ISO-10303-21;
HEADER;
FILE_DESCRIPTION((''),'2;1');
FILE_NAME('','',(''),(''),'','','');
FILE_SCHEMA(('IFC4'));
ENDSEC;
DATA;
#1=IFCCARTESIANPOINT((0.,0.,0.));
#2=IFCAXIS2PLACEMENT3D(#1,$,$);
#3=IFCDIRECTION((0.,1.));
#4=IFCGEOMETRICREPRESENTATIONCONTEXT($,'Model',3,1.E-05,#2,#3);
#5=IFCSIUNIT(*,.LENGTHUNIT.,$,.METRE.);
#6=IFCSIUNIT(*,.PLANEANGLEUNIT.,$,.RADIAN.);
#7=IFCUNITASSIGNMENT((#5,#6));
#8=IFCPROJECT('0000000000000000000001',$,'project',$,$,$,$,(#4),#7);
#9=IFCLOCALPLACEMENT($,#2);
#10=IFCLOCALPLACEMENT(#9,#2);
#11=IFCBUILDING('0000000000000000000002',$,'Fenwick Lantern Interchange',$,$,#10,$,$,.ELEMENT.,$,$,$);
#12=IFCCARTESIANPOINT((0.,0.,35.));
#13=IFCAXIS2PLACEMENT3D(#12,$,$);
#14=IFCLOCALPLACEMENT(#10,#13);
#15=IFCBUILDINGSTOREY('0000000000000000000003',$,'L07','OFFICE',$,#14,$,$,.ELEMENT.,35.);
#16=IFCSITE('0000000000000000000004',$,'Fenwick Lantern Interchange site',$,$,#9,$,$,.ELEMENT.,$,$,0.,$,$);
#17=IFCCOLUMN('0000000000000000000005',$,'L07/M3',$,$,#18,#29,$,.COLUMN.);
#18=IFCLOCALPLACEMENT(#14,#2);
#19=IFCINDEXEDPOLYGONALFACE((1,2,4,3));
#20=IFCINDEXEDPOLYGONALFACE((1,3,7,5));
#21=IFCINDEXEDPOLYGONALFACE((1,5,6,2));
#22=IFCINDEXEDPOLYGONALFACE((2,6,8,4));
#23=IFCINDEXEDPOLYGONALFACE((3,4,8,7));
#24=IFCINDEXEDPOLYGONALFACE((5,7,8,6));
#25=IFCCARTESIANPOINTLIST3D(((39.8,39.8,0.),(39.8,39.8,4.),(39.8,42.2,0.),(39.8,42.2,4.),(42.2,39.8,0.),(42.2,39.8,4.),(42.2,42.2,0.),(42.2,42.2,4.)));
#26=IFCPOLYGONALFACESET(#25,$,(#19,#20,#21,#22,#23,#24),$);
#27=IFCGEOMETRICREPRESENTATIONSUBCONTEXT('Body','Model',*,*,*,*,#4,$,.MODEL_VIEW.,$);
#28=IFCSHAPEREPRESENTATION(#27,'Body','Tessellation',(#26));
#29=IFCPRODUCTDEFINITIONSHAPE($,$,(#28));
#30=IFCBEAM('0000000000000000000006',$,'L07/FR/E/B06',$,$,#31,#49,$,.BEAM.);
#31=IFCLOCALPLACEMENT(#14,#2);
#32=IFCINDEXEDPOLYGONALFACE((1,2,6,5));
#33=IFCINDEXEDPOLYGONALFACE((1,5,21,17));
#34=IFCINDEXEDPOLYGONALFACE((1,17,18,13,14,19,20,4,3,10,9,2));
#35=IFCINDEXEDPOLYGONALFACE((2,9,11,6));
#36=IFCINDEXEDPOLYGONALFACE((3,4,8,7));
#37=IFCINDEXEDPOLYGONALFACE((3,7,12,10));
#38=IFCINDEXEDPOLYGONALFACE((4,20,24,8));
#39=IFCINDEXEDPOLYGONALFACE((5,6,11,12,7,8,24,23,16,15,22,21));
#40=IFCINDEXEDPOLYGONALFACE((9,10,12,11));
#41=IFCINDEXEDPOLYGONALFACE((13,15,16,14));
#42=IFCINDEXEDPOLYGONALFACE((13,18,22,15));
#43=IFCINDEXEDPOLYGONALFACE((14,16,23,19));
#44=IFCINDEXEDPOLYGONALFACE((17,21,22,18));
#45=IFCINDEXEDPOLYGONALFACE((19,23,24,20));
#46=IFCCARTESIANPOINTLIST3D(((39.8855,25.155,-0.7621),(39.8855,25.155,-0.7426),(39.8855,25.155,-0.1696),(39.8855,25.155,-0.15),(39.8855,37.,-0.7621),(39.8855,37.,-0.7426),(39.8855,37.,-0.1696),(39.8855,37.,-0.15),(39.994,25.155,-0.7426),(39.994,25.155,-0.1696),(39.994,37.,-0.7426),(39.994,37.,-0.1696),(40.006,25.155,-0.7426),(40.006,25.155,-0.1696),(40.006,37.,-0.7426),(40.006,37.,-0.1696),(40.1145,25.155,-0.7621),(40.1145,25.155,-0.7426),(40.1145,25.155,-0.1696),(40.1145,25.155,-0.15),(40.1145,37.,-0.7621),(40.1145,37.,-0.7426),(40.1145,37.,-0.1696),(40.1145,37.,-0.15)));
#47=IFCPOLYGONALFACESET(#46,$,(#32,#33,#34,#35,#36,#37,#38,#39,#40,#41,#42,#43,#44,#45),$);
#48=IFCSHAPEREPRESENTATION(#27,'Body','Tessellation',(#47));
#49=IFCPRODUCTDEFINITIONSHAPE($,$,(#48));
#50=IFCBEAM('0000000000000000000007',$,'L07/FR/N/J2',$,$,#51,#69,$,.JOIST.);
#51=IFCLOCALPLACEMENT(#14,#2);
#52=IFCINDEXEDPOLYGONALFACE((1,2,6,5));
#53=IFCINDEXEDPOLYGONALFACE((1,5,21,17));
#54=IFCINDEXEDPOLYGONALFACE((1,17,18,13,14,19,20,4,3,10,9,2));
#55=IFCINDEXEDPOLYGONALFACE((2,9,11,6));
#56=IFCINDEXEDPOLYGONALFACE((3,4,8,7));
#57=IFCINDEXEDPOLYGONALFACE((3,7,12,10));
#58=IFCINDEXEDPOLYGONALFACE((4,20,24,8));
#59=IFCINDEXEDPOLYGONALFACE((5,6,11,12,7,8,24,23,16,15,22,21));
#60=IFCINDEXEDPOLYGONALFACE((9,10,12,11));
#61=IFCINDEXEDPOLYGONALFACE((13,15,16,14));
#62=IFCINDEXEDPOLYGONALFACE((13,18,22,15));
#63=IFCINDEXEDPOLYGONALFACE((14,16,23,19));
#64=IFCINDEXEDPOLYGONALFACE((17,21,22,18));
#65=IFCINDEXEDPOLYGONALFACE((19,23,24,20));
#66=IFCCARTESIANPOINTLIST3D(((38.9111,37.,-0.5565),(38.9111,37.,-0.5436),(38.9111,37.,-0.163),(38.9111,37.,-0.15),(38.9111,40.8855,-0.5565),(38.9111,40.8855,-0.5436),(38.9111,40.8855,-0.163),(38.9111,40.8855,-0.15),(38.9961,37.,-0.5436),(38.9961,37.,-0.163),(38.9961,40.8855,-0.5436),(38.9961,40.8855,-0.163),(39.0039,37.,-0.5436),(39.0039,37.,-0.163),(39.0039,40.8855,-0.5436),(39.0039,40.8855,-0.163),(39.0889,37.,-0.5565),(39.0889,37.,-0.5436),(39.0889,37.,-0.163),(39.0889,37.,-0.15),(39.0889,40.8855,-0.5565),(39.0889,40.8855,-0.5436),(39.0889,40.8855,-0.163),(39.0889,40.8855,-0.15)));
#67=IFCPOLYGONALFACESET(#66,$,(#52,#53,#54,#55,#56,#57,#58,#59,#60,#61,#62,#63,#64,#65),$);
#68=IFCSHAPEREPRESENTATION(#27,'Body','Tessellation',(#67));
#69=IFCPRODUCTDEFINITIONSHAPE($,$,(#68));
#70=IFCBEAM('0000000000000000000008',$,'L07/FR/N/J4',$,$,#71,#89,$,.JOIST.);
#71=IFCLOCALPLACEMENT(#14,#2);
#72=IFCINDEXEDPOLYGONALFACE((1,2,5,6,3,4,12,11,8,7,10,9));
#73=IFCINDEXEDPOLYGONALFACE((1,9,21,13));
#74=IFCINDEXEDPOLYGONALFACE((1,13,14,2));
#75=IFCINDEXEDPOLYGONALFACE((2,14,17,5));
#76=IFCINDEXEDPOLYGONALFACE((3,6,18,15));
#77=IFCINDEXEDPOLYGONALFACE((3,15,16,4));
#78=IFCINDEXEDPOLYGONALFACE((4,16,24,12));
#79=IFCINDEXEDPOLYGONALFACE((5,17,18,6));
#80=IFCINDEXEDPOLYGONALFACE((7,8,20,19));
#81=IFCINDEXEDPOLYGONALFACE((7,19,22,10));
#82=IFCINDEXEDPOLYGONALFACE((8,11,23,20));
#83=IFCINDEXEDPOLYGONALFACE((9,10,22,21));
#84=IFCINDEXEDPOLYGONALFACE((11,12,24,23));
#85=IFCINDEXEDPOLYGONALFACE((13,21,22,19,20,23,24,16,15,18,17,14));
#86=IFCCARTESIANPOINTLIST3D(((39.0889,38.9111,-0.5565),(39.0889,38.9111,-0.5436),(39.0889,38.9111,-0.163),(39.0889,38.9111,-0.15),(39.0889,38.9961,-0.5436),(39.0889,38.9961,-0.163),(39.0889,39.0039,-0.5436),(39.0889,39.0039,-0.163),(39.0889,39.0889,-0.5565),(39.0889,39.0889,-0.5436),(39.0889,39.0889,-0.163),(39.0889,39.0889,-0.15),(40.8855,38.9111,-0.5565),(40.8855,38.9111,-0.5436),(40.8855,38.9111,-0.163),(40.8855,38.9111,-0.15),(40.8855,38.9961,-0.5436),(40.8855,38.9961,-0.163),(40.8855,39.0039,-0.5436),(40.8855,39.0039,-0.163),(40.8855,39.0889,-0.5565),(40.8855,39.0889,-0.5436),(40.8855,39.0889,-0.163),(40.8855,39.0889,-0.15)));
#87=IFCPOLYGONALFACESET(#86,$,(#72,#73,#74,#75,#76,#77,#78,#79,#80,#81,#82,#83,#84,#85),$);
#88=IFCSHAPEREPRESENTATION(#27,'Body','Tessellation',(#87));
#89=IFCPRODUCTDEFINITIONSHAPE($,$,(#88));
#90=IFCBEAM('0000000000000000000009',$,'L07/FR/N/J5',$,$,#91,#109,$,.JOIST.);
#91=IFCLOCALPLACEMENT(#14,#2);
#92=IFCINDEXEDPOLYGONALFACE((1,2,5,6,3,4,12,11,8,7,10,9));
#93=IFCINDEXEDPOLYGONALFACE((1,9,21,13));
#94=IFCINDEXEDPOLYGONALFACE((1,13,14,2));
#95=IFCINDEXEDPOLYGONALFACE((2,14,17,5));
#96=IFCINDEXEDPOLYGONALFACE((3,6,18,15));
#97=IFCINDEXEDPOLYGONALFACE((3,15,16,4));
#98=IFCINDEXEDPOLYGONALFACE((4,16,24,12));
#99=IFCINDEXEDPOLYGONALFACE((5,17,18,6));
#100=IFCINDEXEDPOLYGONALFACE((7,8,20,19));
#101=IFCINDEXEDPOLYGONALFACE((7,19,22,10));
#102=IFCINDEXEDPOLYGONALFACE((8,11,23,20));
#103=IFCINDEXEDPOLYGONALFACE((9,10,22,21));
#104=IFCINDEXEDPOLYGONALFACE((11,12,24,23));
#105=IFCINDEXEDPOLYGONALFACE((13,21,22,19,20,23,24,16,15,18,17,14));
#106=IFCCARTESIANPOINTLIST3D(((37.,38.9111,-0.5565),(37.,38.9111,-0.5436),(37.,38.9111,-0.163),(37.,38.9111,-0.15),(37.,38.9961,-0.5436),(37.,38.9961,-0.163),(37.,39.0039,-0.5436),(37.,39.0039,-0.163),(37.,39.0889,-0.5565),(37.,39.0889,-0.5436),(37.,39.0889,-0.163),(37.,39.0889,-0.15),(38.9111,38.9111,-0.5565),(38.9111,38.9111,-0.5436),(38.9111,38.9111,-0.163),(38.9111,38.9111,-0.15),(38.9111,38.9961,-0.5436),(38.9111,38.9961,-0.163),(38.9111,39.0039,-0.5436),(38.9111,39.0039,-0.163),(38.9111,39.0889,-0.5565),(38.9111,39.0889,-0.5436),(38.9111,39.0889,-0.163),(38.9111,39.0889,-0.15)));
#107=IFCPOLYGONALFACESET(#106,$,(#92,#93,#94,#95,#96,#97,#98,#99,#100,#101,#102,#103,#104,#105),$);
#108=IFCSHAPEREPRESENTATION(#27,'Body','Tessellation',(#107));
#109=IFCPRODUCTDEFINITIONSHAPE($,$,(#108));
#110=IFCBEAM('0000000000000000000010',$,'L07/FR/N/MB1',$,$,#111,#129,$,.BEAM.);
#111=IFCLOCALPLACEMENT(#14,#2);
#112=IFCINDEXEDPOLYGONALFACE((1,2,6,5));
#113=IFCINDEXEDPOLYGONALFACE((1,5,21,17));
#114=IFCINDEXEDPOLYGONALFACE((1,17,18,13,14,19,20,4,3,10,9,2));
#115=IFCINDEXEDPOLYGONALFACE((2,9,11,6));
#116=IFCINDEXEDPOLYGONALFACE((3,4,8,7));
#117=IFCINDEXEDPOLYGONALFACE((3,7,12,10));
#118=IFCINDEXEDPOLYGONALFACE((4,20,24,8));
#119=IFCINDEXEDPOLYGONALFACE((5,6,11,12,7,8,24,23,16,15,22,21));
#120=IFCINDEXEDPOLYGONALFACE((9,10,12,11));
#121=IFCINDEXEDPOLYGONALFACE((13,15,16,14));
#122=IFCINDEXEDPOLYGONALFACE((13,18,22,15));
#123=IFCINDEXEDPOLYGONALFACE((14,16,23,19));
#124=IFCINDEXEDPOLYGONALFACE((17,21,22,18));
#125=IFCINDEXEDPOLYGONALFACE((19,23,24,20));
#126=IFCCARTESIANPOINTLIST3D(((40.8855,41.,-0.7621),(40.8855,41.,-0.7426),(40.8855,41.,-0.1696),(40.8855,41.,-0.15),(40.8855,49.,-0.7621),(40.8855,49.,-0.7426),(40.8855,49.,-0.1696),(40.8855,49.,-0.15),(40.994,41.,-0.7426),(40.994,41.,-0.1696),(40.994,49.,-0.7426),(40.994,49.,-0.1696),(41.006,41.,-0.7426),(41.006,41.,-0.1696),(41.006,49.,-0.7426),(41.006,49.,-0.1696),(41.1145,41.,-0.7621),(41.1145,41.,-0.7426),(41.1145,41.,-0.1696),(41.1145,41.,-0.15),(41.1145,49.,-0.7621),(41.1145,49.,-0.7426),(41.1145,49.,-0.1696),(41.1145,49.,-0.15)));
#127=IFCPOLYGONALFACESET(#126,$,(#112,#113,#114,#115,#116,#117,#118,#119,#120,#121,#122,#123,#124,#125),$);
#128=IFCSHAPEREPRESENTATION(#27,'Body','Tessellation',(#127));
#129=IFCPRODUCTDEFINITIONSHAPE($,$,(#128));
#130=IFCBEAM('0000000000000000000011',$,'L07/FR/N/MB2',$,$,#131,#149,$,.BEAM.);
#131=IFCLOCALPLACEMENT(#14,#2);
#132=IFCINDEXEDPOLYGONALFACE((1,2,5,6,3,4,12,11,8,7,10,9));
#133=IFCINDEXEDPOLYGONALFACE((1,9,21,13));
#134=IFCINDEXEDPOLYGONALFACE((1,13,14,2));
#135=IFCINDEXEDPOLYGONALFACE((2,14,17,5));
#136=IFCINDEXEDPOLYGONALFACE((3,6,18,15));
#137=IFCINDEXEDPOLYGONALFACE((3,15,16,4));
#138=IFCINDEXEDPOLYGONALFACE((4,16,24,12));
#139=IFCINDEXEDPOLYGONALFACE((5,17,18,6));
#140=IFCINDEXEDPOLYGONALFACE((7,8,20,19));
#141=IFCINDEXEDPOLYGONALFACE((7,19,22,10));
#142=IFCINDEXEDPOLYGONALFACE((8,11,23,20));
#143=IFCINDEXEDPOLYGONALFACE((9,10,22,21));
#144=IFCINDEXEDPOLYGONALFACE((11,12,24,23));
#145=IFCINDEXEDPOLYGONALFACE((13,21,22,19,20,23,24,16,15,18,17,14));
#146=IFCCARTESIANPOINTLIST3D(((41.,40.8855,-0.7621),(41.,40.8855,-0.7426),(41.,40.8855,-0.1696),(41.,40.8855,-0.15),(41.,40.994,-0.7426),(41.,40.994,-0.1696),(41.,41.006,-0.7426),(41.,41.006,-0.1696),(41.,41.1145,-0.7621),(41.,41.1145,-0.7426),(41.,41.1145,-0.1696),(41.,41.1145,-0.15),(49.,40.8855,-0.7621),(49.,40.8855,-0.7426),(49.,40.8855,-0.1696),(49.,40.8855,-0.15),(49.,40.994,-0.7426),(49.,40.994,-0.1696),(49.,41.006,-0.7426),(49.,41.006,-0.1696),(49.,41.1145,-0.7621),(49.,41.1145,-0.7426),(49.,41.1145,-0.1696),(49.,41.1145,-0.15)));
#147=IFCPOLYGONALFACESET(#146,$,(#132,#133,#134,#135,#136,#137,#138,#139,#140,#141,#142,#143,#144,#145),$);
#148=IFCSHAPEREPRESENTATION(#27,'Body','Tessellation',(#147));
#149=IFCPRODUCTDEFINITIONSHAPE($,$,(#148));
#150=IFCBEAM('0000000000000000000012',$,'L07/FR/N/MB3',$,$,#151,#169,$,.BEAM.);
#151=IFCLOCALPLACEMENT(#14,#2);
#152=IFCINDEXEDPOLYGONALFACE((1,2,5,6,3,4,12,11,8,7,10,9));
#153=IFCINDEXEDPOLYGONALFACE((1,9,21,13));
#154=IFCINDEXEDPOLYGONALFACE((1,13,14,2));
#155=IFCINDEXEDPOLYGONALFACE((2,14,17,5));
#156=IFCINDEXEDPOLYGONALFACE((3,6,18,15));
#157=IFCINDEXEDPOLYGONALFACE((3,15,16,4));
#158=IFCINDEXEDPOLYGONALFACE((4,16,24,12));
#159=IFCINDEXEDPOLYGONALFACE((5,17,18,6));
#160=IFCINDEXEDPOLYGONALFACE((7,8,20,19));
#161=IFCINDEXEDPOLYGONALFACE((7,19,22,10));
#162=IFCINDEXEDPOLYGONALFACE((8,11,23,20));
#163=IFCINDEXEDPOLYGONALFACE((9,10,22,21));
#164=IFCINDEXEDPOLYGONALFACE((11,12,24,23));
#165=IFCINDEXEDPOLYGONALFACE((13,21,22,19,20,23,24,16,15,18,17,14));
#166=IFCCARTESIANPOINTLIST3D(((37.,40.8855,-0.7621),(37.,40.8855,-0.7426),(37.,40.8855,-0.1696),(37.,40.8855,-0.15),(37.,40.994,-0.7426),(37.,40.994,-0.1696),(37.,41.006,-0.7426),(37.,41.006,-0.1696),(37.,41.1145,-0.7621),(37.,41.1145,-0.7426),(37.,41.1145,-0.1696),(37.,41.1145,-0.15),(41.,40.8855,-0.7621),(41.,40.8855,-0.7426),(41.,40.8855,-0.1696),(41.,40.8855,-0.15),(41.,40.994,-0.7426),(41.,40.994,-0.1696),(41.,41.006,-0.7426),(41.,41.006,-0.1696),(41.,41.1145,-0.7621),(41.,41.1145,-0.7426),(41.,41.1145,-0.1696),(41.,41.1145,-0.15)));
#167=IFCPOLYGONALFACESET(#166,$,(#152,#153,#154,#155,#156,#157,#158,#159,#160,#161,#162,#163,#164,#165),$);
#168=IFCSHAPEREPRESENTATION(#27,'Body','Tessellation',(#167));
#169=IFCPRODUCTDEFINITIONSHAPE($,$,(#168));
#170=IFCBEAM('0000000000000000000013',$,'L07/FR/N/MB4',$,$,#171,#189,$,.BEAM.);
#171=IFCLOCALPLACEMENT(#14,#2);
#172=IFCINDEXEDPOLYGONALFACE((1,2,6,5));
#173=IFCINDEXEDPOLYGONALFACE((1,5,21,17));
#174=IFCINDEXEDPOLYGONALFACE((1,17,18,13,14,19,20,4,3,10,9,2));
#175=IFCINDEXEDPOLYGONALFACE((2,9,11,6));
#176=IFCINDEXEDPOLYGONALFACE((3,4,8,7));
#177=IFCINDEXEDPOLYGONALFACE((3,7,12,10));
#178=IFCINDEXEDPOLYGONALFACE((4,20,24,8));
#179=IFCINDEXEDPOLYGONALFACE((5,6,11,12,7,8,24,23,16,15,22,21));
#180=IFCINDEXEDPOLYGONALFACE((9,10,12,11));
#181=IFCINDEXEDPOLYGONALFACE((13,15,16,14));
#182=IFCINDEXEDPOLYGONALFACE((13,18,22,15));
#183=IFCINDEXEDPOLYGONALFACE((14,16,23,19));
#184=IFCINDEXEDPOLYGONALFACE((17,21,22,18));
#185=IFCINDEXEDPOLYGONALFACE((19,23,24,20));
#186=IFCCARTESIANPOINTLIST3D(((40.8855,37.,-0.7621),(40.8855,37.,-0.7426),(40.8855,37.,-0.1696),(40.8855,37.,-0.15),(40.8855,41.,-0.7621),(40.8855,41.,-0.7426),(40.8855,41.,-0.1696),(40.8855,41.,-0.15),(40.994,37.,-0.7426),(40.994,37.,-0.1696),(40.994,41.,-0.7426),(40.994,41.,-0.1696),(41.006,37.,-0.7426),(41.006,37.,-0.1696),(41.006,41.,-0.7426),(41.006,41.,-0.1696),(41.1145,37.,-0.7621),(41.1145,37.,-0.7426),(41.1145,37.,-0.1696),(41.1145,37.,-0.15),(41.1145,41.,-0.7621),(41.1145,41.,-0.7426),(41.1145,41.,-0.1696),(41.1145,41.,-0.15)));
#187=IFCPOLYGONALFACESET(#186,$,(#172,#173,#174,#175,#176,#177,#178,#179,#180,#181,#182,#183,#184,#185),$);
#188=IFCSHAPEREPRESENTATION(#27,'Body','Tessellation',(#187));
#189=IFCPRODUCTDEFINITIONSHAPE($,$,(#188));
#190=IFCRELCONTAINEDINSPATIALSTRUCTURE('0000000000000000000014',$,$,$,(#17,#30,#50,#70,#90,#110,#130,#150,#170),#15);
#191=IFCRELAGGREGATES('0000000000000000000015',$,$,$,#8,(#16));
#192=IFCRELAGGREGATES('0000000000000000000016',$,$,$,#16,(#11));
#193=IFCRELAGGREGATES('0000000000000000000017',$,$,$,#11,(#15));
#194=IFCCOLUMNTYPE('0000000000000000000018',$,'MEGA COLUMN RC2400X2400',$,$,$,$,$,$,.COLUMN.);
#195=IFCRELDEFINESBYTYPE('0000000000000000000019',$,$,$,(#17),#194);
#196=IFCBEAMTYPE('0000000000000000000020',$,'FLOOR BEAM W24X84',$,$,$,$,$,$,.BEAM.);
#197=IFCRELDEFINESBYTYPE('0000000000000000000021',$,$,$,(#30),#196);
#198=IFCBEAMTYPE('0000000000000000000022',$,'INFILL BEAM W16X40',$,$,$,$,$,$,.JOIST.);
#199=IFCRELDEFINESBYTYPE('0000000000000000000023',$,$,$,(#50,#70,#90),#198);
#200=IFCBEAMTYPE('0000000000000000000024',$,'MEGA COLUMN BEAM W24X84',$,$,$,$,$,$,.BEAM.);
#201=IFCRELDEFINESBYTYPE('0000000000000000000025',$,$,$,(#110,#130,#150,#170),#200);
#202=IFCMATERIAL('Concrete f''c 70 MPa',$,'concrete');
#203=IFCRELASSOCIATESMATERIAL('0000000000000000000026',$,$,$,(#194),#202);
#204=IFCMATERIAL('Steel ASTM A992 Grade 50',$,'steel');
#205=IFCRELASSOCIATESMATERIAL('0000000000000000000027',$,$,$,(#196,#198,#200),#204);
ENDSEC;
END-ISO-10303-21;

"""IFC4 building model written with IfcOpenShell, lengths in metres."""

from ifc_helpers import new_model, si_unit, direction, frame, origin, origin_2d, place, context, subcontext, project, spatial, rectangle, i_section, extrude, material, material_profile, profile_set, type_object, element, save


model = new_model("IFC4")

# Units and contexts
model_context = context("Model", 3, precision=1e-05, world=origin(), true_north=direction((0.0, 1.0)))
body_context = subcontext(model_context, "Body", "Model", "MODEL_VIEW")
ifc_project = project(units=[si_unit("LENGTHUNIT", "METRE"), si_unit("PLANEANGLEUNIT", "RADIAN")], contexts=[model_context])

# Site, building, storey
site_placement = place(None, origin())
site = spatial("IfcSite", under=ifc_project, at=site_placement, Name="Fenwick Lantern Interchange site", CompositionType="ELEMENT", RefElevation=0.0)
building_placement = place(site_placement, origin())
building = spatial("IfcBuilding", under=site, at=building_placement, Name="Fenwick Lantern Interchange", CompositionType="ELEMENT")
storey_placement = place(building_placement, frame((0.0, 0.0, 35.0)))
storey = spatial("IfcBuildingStorey", under=building, at=storey_placement, Name="L07", Description="OFFICE", CompositionType="ELEMENT", Elevation=35.0)

# Column
ifc_material_1 = material(Name="Concrete f'c 70 MPa", Category="concrete")
ifc_material_profile_1 = material_profile(ifc_material_1, rectangle(XDim=2.3999, YDim=2.3999, at=origin_2d()), Name="RC2400X2400")
ifc_profile_set_1 = profile_set([ifc_material_profile_1], Name="Concrete f'c 70 MPa")
column_type = type_object("IfcColumnType", Name="MEGA COLUMN RC2400X2400", PredefinedType="COLUMN", material=ifc_profile_set_1)
column_placement = place(storey_placement, frame((41.0, 41.0, 0.0), z_axis=(0.0, 0.0, 1.0), x_axis=(1.0, 0.0, 0.0)))
element("IfcColumn", 1, at=column_placement, inside=storey, type_object=column_type, Name="L07/M3", PredefinedType="COLUMN", context=body_context, shape_type="SweptSolid", body=[
    extrude(rectangle(XDim=2.3999, YDim=2.3999, at=origin_2d()), origin(), (0.0, 0.0, 1.0), 4.0),
])

# Beams
ifc_material_2 = material(Name="Steel ASTM A992 Grade 50", Category="steel")
ifc_material_profile_2 = material_profile(ifc_material_2, i_section(OverallWidth=0.229, OverallDepth=0.6121, WebThickness=0.012, FlangeThickness=0.0195, at=origin_2d()), Name="W24X84")
ifc_profile_set_2 = profile_set([ifc_material_profile_2], Name="Steel ASTM A992 Grade 50")
beam_type_1 = type_object("IfcBeamType", Name="FLOOR BEAM W24X84", PredefinedType="BEAM", material=ifc_profile_set_2)
beam_1_placement = place(storey_placement, frame((40.0, 25.155, -0.4561), z_axis=(0.0, 1.0, 0.0), x_axis=(-1.0, 0.0, 0.0)))
element("IfcBeam", 2, at=beam_1_placement, inside=storey, type_object=beam_type_1, Name="L07/FR/E/B06", PredefinedType="BEAM", context=body_context, shape_type="SweptSolid", body=[
    extrude(i_section(OverallWidth=0.229, OverallDepth=0.6121, WebThickness=0.012, FlangeThickness=0.0195, at=origin_2d()), origin(), (0.0, 0.0, 1.0), 11.845),
])
ifc_material_profile_3 = material_profile(ifc_material_2, i_section(OverallWidth=0.1777, OverallDepth=0.4065, WebThickness=0.0078, FlangeThickness=0.0129, at=origin_2d()), Name="W16X40")
ifc_profile_set_3 = profile_set([ifc_material_profile_3], Name="Steel ASTM A992 Grade 50")
beam_type_2 = type_object("IfcBeamType", Name="INFILL BEAM W16X40", PredefinedType="JOIST", material=ifc_profile_set_3)
beam_2_placement = place(storey_placement, frame((39.0, 40.8855, -0.3533), z_axis=(0.0, -1.0, 0.0), x_axis=(1.0, 0.0, 0.0)))
element("IfcBeam", 3, at=beam_2_placement, inside=storey, type_object=beam_type_2, Name="L07/FR/N/J2", PredefinedType="JOIST", context=body_context, shape_type="SweptSolid", body=[
    extrude(i_section(OverallWidth=0.1777, OverallDepth=0.4065, WebThickness=0.0078, FlangeThickness=0.0129, at=origin_2d()), origin(), (0.0, 0.0, 1.0), 3.8855),
])
beam_3_placement = place(storey_placement, frame((40.8855, 39.0, -0.3533), z_axis=(-1.0, 0.0, 0.0), x_axis=(0.0, -1.0, 0.0)))
element("IfcBeam", 4, at=beam_3_placement, inside=storey, type_object=beam_type_2, Name="L07/FR/N/J4", PredefinedType="JOIST", context=body_context, shape_type="SweptSolid", body=[
    extrude(i_section(OverallWidth=0.1777, OverallDepth=0.4065, WebThickness=0.0078, FlangeThickness=0.0129, at=origin_2d()), origin(), (0.0, 0.0, 1.0), 1.7966),
])
beam_4_placement = place(storey_placement, frame((38.9111, 39.0, -0.3533), z_axis=(-1.0, 0.0, 0.0), x_axis=(0.0, -1.0, 0.0)))
element("IfcBeam", 5, at=beam_4_placement, inside=storey, type_object=beam_type_2, Name="L07/FR/N/J5", PredefinedType="JOIST", context=body_context, shape_type="SweptSolid", body=[
    extrude(i_section(OverallWidth=0.1777, OverallDepth=0.4065, WebThickness=0.0078, FlangeThickness=0.0129, at=origin_2d()), origin(), (0.0, 0.0, 1.0), 1.9111),
])
ifc_material_profile_4 = material_profile(ifc_material_2, i_section(OverallWidth=0.229, OverallDepth=0.6121, WebThickness=0.012, FlangeThickness=0.0195, at=origin_2d()), Name="W24X84")
ifc_profile_set_4 = profile_set([ifc_material_profile_4], Name="Steel ASTM A992 Grade 50")
beam_type_3 = type_object("IfcBeamType", Name="MEGA COLUMN BEAM W24X84", PredefinedType="BEAM", material=ifc_profile_set_4)
for number, where, z_axis, x_axis, name in (
    (6, (41.0, 41.0, -0.4561), (0.0, 1.0, 0.0), (-1.0, 0.0, 0.0), "L07/FR/N/MB1"),
    (7, (41.0, 41.0, -0.4561), (1.0, 0.0, 0.0), (0.0, 1.0, 0.0), "L07/FR/N/MB2"),
):
    element("IfcBeam", number, at=place(storey_placement, frame(where, z_axis=z_axis, x_axis=x_axis)), inside=storey, type_object=beam_type_3, Name=name, PredefinedType="BEAM", context=body_context, shape_type="SweptSolid", body=[
        extrude(i_section(OverallWidth=0.229, OverallDepth=0.6121, WebThickness=0.012, FlangeThickness=0.0195, at=origin_2d()), origin(), (0.0, 0.0, 1.0), 8.0),
    ])
for number, where, z_axis, x_axis, name in (
    (8, (41.0, 41.0, -0.4561), (-1.0, 0.0, 0.0), (0.0, -1.0, 0.0), "L07/FR/N/MB3"),
    (9, (41.0, 41.0, -0.4561), (0.0, -1.0, 0.0), (1.0, 0.0, 0.0), "L07/FR/N/MB4"),
):
    element("IfcBeam", number, at=place(storey_placement, frame(where, z_axis=z_axis, x_axis=x_axis)), inside=storey, type_object=beam_type_3, Name=name, PredefinedType="BEAM", context=body_context, shape_type="SweptSolid", body=[
        extrude(i_section(OverallWidth=0.229, OverallDepth=0.6121, WebThickness=0.012, FlangeThickness=0.0195, at=origin_2d()), origin(), (0.0, 0.0, 1.0), 4.0),
    ])

save(model, "model.ifc")
